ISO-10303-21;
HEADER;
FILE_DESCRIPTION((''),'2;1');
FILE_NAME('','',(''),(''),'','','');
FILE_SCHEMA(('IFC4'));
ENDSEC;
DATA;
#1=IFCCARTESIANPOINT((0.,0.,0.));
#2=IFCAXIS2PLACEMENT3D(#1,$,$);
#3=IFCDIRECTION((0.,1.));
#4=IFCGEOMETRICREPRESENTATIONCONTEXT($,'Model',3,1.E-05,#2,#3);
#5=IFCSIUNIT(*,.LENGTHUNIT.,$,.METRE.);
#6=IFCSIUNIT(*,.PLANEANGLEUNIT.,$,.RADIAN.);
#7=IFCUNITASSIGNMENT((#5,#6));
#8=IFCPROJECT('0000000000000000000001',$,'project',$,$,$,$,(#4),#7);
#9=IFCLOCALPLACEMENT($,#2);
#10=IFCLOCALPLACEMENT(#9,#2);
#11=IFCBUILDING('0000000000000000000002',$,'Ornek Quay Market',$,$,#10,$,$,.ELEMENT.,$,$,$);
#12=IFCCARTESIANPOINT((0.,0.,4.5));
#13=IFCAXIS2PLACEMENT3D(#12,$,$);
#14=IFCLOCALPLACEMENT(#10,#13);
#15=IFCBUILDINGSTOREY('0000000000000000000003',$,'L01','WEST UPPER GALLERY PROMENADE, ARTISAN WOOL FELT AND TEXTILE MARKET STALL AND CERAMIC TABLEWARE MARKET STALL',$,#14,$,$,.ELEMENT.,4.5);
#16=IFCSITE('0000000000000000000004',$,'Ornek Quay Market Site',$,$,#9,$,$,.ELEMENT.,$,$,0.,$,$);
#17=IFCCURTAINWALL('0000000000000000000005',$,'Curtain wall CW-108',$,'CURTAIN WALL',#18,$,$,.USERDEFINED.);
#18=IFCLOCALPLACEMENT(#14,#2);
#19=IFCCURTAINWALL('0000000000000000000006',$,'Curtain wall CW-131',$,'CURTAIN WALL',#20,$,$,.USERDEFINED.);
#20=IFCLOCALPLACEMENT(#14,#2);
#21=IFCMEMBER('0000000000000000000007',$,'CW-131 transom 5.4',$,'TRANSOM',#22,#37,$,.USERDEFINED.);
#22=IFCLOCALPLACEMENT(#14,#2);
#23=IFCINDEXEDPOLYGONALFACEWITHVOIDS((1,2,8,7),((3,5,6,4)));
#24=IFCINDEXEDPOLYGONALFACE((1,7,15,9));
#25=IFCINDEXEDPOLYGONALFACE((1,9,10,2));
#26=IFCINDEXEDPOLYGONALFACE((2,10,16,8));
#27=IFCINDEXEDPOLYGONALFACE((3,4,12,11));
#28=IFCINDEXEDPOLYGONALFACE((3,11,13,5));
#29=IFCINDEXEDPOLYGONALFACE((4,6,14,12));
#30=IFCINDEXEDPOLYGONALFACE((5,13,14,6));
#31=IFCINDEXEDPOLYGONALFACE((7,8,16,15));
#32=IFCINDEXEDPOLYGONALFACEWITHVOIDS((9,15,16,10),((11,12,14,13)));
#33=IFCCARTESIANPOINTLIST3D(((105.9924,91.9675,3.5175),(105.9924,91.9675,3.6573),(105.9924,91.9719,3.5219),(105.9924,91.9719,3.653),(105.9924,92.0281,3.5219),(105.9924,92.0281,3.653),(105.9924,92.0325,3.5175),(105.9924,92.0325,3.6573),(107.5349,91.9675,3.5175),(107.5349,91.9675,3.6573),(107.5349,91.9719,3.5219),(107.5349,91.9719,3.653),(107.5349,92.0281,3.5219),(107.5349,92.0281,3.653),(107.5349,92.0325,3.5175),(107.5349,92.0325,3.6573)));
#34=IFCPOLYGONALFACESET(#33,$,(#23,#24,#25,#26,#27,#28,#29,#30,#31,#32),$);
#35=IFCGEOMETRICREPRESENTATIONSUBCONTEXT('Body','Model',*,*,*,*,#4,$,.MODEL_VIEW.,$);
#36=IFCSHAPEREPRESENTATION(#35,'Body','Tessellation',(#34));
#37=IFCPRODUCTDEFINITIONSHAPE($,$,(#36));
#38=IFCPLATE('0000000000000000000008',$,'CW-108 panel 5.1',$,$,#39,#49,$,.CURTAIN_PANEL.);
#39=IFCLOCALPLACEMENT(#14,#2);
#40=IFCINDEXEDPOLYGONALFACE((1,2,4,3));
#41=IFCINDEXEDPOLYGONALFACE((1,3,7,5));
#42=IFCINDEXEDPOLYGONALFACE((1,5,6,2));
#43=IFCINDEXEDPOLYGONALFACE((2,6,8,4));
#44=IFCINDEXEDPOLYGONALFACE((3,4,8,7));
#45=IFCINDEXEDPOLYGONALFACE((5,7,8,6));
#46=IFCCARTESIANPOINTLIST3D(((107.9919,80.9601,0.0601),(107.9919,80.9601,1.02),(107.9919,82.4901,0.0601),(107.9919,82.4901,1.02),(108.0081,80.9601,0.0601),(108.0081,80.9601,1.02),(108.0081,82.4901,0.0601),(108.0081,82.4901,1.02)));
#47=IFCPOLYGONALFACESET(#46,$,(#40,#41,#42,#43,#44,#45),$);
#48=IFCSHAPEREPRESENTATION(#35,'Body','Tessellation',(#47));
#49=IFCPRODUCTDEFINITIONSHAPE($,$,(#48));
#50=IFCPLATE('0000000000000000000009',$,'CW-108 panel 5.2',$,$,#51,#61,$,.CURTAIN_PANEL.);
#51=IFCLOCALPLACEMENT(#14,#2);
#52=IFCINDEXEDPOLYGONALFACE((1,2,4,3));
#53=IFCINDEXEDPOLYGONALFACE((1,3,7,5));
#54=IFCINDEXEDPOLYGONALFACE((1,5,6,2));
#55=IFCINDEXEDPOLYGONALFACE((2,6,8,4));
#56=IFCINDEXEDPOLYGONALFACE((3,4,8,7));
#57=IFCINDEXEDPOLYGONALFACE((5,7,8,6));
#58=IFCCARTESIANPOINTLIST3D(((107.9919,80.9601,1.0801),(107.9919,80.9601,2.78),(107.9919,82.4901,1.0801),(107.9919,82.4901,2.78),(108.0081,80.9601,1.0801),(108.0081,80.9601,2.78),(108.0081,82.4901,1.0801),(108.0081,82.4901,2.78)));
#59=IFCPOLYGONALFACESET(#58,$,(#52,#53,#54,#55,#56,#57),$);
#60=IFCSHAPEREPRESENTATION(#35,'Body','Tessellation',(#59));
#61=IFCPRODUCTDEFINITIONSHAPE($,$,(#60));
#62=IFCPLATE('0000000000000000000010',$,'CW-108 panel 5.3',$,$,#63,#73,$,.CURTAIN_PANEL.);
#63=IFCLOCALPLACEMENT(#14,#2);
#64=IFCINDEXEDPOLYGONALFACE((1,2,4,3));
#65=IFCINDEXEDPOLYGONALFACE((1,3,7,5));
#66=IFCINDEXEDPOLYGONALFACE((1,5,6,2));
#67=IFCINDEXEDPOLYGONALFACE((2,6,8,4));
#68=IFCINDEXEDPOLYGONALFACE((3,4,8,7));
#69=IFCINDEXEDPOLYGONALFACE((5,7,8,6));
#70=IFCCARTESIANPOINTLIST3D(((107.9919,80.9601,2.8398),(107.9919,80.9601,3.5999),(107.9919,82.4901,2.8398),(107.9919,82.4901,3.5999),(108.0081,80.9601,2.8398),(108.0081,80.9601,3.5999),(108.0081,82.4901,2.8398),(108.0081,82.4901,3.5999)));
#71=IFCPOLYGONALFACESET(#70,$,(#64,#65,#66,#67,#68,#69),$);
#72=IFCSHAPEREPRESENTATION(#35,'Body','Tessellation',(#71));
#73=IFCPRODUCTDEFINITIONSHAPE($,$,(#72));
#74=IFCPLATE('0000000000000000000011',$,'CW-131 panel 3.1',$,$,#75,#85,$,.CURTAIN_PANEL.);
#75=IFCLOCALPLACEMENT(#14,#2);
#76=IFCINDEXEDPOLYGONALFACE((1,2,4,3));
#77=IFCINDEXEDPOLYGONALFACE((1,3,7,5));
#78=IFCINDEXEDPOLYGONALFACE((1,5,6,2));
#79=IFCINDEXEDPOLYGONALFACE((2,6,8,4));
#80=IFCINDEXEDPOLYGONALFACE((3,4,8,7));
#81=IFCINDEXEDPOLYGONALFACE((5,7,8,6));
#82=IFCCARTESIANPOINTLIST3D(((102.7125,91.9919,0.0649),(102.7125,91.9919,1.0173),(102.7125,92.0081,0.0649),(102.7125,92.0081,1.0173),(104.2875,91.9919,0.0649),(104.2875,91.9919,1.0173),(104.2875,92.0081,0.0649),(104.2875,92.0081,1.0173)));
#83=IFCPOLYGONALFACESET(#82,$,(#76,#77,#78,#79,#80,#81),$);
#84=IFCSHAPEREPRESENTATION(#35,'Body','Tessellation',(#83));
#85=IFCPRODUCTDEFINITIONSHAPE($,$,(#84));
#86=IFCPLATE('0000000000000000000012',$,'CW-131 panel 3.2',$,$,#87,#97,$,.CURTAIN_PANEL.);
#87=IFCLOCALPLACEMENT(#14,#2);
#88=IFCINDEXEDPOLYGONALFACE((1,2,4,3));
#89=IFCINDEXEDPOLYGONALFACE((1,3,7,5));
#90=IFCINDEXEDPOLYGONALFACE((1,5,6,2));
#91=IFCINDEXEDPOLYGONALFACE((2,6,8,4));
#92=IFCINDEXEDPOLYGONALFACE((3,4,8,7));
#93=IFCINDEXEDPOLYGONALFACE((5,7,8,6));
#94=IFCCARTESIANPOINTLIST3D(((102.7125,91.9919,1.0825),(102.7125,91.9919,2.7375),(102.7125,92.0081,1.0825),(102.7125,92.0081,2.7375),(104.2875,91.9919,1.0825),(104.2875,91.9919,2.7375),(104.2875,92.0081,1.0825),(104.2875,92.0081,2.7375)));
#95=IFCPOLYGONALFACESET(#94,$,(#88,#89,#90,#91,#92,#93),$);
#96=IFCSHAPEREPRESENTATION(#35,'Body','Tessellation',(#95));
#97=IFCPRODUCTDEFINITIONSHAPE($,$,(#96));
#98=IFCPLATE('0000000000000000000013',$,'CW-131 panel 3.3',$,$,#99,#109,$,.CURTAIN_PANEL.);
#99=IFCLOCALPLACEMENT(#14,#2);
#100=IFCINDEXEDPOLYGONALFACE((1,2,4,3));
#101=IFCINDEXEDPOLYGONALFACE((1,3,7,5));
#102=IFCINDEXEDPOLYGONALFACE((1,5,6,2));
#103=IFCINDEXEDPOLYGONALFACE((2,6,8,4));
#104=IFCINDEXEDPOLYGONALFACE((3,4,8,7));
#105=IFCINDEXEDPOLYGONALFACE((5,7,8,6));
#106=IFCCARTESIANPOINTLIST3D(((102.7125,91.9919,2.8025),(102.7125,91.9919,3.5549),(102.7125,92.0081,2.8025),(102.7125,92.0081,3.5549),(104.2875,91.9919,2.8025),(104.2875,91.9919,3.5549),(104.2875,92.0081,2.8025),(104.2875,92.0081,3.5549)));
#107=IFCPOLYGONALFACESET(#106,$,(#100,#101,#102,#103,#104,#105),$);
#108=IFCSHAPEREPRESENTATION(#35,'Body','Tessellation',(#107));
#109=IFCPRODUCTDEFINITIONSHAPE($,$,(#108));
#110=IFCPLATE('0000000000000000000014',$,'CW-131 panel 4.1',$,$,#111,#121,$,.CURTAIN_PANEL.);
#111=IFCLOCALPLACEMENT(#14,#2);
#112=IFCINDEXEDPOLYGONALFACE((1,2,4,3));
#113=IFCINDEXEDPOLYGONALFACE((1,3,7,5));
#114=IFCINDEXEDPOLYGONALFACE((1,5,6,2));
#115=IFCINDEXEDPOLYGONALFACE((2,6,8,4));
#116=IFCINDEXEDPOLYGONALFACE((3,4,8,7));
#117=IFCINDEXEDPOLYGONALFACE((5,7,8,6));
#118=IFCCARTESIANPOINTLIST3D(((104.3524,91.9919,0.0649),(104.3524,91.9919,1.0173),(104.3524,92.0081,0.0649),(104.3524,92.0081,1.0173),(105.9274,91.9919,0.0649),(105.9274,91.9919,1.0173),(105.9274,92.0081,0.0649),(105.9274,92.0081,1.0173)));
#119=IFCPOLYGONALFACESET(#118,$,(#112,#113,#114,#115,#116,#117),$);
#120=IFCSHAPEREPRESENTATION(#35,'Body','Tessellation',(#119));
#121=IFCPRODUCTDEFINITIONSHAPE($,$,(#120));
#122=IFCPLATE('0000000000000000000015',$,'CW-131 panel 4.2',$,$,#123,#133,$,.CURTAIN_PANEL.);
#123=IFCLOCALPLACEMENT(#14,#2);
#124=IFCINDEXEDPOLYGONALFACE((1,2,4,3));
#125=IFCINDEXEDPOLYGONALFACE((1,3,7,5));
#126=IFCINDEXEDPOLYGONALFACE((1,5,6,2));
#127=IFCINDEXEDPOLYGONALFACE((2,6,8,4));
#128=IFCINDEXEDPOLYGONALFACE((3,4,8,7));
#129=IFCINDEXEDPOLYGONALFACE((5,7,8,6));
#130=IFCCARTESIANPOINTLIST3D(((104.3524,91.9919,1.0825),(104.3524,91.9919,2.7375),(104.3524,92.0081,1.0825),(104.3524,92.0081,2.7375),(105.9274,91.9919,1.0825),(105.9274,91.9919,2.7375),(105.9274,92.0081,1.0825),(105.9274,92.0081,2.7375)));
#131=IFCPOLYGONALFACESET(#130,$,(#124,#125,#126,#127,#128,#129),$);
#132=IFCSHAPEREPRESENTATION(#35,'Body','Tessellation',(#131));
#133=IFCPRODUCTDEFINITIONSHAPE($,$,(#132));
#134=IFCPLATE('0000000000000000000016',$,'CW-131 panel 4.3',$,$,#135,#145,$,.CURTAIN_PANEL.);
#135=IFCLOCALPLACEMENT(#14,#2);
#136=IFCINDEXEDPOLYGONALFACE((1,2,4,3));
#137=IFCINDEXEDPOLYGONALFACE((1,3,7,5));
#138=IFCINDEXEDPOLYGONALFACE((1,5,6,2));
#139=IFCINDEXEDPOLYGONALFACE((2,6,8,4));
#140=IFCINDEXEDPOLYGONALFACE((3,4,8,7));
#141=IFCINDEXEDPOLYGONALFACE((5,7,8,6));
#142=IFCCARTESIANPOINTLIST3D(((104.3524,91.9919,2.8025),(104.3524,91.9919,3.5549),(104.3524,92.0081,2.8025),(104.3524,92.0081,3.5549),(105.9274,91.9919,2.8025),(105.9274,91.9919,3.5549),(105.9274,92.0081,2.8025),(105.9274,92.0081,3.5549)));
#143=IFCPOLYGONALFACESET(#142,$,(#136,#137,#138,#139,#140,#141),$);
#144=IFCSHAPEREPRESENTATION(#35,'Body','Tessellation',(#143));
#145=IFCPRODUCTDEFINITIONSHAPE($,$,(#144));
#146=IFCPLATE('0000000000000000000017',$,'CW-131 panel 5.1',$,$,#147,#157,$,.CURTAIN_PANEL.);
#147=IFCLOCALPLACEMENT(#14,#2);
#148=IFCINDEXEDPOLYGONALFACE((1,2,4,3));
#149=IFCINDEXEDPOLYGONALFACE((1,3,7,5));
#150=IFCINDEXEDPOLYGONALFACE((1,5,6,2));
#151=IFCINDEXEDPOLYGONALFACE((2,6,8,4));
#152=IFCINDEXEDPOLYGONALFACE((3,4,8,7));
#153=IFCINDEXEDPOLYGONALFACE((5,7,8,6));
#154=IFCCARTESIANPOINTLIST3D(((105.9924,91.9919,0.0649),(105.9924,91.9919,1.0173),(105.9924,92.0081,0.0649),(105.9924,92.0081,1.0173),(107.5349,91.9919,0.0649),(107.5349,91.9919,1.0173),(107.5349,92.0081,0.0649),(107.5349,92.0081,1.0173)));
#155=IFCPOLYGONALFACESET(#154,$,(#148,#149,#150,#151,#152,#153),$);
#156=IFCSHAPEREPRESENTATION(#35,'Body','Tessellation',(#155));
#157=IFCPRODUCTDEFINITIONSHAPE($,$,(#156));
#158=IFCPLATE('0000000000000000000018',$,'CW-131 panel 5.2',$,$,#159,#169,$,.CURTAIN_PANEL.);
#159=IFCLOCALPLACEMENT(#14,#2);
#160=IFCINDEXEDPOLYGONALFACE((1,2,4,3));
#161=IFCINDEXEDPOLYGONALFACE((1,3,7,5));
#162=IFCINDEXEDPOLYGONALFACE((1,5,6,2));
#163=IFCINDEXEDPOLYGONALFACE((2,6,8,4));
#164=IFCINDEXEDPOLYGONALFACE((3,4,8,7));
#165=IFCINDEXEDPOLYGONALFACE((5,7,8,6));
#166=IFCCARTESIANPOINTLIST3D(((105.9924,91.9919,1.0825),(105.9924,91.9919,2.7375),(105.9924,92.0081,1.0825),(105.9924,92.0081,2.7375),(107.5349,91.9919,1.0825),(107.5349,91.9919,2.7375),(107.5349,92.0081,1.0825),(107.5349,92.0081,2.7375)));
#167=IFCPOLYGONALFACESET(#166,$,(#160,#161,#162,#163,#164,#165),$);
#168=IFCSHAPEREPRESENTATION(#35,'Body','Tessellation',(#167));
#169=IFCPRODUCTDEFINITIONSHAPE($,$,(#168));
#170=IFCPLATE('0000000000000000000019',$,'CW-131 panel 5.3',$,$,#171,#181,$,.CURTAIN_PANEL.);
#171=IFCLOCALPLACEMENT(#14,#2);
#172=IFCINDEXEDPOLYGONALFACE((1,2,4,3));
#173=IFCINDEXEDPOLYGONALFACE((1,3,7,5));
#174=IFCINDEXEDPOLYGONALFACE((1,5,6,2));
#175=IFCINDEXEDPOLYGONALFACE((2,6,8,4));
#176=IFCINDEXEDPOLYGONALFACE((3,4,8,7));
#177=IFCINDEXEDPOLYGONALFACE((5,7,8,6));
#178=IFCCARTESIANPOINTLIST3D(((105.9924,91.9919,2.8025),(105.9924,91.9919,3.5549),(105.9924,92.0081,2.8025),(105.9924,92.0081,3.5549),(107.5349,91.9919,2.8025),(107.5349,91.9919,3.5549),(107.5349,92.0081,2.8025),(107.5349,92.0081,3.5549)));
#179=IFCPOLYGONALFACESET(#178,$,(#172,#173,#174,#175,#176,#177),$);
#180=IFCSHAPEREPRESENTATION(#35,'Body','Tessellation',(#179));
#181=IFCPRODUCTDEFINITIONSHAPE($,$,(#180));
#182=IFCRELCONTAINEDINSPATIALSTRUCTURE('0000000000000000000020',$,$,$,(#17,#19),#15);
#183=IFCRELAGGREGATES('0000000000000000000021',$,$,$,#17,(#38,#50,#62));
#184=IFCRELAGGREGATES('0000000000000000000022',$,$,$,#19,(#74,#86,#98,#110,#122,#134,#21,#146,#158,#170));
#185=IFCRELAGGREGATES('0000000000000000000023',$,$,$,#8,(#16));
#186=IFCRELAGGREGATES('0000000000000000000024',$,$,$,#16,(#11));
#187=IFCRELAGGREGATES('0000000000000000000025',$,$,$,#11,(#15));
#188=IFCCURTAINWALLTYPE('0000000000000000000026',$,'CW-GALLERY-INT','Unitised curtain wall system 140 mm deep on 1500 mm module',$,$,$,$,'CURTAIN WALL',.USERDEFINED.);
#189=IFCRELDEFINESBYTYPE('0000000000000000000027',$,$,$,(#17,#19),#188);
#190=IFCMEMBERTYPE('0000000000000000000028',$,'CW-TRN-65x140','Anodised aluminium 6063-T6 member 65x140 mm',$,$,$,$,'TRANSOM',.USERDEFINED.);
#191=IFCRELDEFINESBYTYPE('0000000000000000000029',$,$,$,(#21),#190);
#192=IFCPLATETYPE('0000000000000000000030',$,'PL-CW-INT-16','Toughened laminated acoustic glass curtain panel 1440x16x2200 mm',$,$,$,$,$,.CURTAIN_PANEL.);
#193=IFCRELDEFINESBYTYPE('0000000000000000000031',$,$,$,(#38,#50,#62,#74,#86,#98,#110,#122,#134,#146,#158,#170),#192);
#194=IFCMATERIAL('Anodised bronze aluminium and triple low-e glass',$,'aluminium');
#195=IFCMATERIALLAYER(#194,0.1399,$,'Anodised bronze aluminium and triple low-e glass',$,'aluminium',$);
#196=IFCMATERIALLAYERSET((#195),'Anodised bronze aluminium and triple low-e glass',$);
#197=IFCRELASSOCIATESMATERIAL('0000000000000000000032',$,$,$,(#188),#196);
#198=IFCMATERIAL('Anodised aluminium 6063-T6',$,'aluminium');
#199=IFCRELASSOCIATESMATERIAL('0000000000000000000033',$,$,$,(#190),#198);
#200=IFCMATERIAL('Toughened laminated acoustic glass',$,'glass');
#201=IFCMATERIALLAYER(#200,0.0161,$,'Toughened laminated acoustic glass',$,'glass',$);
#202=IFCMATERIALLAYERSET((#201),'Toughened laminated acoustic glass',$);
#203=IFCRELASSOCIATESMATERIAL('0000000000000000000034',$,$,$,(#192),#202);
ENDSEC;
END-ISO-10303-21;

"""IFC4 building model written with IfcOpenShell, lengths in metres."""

from ifc_helpers import new_model, si_unit, direction, frame, origin, origin_2d, place, context, subcontext, project, spatial, rectangle, hollow_rectangle, extrude, material, layer, layer_set, material_profile, profile_set, type_object, element, aggregate, save


model = new_model("IFC4")

# Units and contexts
model_context = context("Model", 3, precision=1e-05, world=origin(), true_north=direction((0.0, 1.0)))
body_context = subcontext(model_context, "Body", "Model", "MODEL_VIEW")
ifc_project = project(units=[si_unit("LENGTHUNIT", "METRE"), si_unit("PLANEANGLEUNIT", "RADIAN")], contexts=[model_context])

# Site, building, storey
site_placement = place(None, origin())
site = spatial("IfcSite", under=ifc_project, at=site_placement, Name="Ornek Quay Market Site", CompositionType="ELEMENT", RefElevation=0.0)
building_placement = place(site_placement, origin())
building = spatial("IfcBuilding", under=site, at=building_placement, Name="Ornek Quay Market", CompositionType="ELEMENT")
storey_placement = place(building_placement, frame((0.0, 0.0, 4.5)))
storey = spatial("IfcBuildingStorey", under=building, at=storey_placement, Name="L01", Description="WEST UPPER GALLERY PROMENADE, ARTISAN WOOL FELT AND TEXTILE MARKET STALL AND CERAMIC TABLEWARE MARKET STALL", CompositionType="ELEMENT", Elevation=4.5)

# Curtain walls
ifc_material_1 = material(Name="Anodised bronze aluminium and triple low-e glass", Category="aluminium")
ifc_layer_1 = layer(ifc_material_1, 0.1399, Name="Anodised bronze aluminium and triple low-e glass", Category="aluminium")
ifc_layer_set_1 = layer_set([ifc_layer_1], Name="Anodised bronze aluminium and triple low-e glass")
curtain_wall_type = type_object("IfcCurtainWallType", Name="CW-GALLERY-INT", Description="Unitised curtain wall system 140 mm deep on 1500 mm module", ElementType="CURTAIN WALL", PredefinedType="USERDEFINED", material=ifc_layer_set_1)
curtain_wall_1_placement = place(storey_placement, origin())
curtain_wall_1 = element("IfcCurtainWall", 1, at=curtain_wall_1_placement, inside=storey, type_object=curtain_wall_type, Name="Curtain wall CW-108", ObjectType="CURTAIN WALL", PredefinedType="USERDEFINED")
ifc_material_2 = material(Name="Anodised aluminium 6063-T6", Category="aluminium")
curtain_wall_2_placement = place(storey_placement, origin())
curtain_wall_2 = element("IfcCurtainWall", 2, at=curtain_wall_2_placement, inside=storey, type_object=curtain_wall_type, Name="Curtain wall CW-131", ObjectType="CURTAIN WALL", PredefinedType="USERDEFINED")

# Member
ifc_material_profile_1 = material_profile(ifc_material_2, hollow_rectangle(XDim=0.0649, YDim=0.1399, WallThickness=0.0044, at=origin_2d()), Name="CW-TRN-65x140", Category="aluminium")
ifc_profile_set_1 = profile_set([ifc_material_profile_1], Name="Anodised aluminium 6063-T6")
member_type_1 = type_object("IfcMemberType", Name="CW-TRN-65x140", Description="Anodised aluminium 6063-T6 member 65x140 mm", ElementType="TRANSOM", PredefinedType="USERDEFINED", material=ifc_profile_set_1)
member_1_placement = place(storey_placement, frame((105.9924, 92.0, 3.5874), z_axis=(1.0, 0.0, 0.0), x_axis=(0.0, 1.0, 0.0)))
member_1 = element("IfcMember", 3, at=member_1_placement, type_object=member_type_1, Name="CW-131 transom 5.4", ObjectType="TRANSOM", PredefinedType="USERDEFINED", context=body_context, shape_type="SweptSolid", body=[
    extrude(hollow_rectangle(XDim=0.0649, YDim=0.1399, WallThickness=0.0044, at=origin_2d()), origin(), (0.0, 0.0, 1.0), 1.5425),
])

# Plates
ifc_material_3 = material(Name="Toughened laminated acoustic glass", Category="glass")
ifc_layer_2 = layer(ifc_material_3, 0.0161, Name="Toughened laminated acoustic glass", Category="glass")
ifc_layer_set_2 = layer_set([ifc_layer_2], Name="Toughened laminated acoustic glass")
plate_type = type_object("IfcPlateType", Name="PL-CW-INT-16", Description="Toughened laminated acoustic glass curtain panel 1440x16x2200 mm", PredefinedType="CURTAIN_PANEL", material=ifc_layer_set_2)
plate_1_placement = place(storey_placement, frame((108.0, 81.7251, 0.0601), z_axis=(0.0, 0.0, 1.0), x_axis=(0.0, 1.0, 0.0)))
plate_1 = element("IfcPlate", 4, at=plate_1_placement, type_object=plate_type, Name="CW-108 panel 5.1", PredefinedType="CURTAIN_PANEL", context=body_context, shape_type="SweptSolid", body=[
    extrude(rectangle(XDim=1.53, YDim=0.0161, at=origin_2d()), origin(), (0.0, 0.0, 1.0), 0.96),
])
plate_2_placement = place(storey_placement, frame((108.0, 81.7251, 1.0801), z_axis=(0.0, 0.0, 1.0), x_axis=(0.0, 1.0, 0.0)))
plate_2 = element("IfcPlate", 5, at=plate_2_placement, type_object=plate_type, Name="CW-108 panel 5.2", PredefinedType="CURTAIN_PANEL", context=body_context, shape_type="SweptSolid", body=[
    extrude(rectangle(XDim=1.53, YDim=0.0161, at=origin_2d()), origin(), (0.0, 0.0, 1.0), 1.7),
])
plate_3_placement = place(storey_placement, frame((108.0, 81.7251, 2.8398), z_axis=(0.0, 0.0, 1.0), x_axis=(0.0, 1.0, 0.0)))
plate_3 = element("IfcPlate", 6, at=plate_3_placement, type_object=plate_type, Name="CW-108 panel 5.3", PredefinedType="CURTAIN_PANEL", context=body_context, shape_type="SweptSolid", body=[
    extrude(rectangle(XDim=1.53, YDim=0.0161, at=origin_2d()), origin(), (0.0, 0.0, 1.0), 0.76),
])
aggregate(curtain_wall_1, [plate_1, plate_2, plate_3])
plate_4_placement = place(storey_placement, frame((103.5, 92.0, 0.0649), z_axis=(0.0, 0.0, 1.0), x_axis=(1.0, 0.0, 0.0)))
plate_4 = element("IfcPlate", 7, at=plate_4_placement, type_object=plate_type, Name="CW-131 panel 3.1", PredefinedType="CURTAIN_PANEL", context=body_context, shape_type="SweptSolid", body=[
    extrude(rectangle(XDim=1.575, YDim=0.0161, at=origin_2d()), origin(), (0.0, 0.0, 1.0), 0.9524),
])
plate_5_placement = place(storey_placement, frame((103.5, 92.0, 1.0825), z_axis=(0.0, 0.0, 1.0), x_axis=(1.0, 0.0, 0.0)))
plate_5 = element("IfcPlate", 8, at=plate_5_placement, type_object=plate_type, Name="CW-131 panel 3.2", PredefinedType="CURTAIN_PANEL", context=body_context, shape_type="SweptSolid", body=[
    extrude(rectangle(XDim=1.575, YDim=0.0161, at=origin_2d()), origin(), (0.0, 0.0, 1.0), 1.655),
])
plate_6_placement = place(storey_placement, frame((103.5, 92.0, 2.8025), z_axis=(0.0, 0.0, 1.0), x_axis=(1.0, 0.0, 0.0)))
plate_6 = element("IfcPlate", 9, at=plate_6_placement, type_object=plate_type, Name="CW-131 panel 3.3", PredefinedType="CURTAIN_PANEL", context=body_context, shape_type="SweptSolid", body=[
    extrude(rectangle(XDim=1.575, YDim=0.0161, at=origin_2d()), origin(), (0.0, 0.0, 1.0), 0.7524),
])
plate_7_placement = place(storey_placement, frame((105.1399, 92.0, 0.0649), z_axis=(0.0, 0.0, 1.0), x_axis=(1.0, 0.0, 0.0)))
plate_7 = element("IfcPlate", 10, at=plate_7_placement, type_object=plate_type, Name="CW-131 panel 4.1", PredefinedType="CURTAIN_PANEL", context=body_context, shape_type="SweptSolid", body=[
    extrude(rectangle(XDim=1.575, YDim=0.0161, at=origin_2d()), origin(), (0.0, 0.0, 1.0), 0.9524),
])
plate_8_placement = place(storey_placement, frame((105.1399, 92.0, 1.0825), z_axis=(0.0, 0.0, 1.0), x_axis=(1.0, 0.0, 0.0)))
plate_8 = element("IfcPlate", 11, at=plate_8_placement, type_object=plate_type, Name="CW-131 panel 4.2", PredefinedType="CURTAIN_PANEL", context=body_context, shape_type="SweptSolid", body=[
    extrude(rectangle(XDim=1.575, YDim=0.0161, at=origin_2d()), origin(), (0.0, 0.0, 1.0), 1.655),
])
plate_9_placement = place(storey_placement, frame((105.1399, 92.0, 2.8025), z_axis=(0.0, 0.0, 1.0), x_axis=(1.0, 0.0, 0.0)))
plate_9 = element("IfcPlate", 12, at=plate_9_placement, type_object=plate_type, Name="CW-131 panel 4.3", PredefinedType="CURTAIN_PANEL", context=body_context, shape_type="SweptSolid", body=[
    extrude(rectangle(XDim=1.575, YDim=0.0161, at=origin_2d()), origin(), (0.0, 0.0, 1.0), 0.7524),
])
plate_10_placement = place(storey_placement, frame((106.7637, 92.0, 0.0649), z_axis=(0.0, 0.0, 1.0), x_axis=(1.0, 0.0, 0.0)))
plate_10 = element("IfcPlate", 13, at=plate_10_placement, type_object=plate_type, Name="CW-131 panel 5.1", PredefinedType="CURTAIN_PANEL", context=body_context, shape_type="SweptSolid", body=[
    extrude(rectangle(XDim=1.5425, YDim=0.0161, at=origin_2d()), origin(), (0.0, 0.0, 1.0), 0.9524),
])
plate_11_placement = place(storey_placement, frame((106.7637, 92.0, 1.0825), z_axis=(0.0, 0.0, 1.0), x_axis=(1.0, 0.0, 0.0)))
plate_11 = element("IfcPlate", 14, at=plate_11_placement, type_object=plate_type, Name="CW-131 panel 5.2", PredefinedType="CURTAIN_PANEL", context=body_context, shape_type="SweptSolid", body=[
    extrude(rectangle(XDim=1.5425, YDim=0.0161, at=origin_2d()), origin(), (0.0, 0.0, 1.0), 1.655),
])
plate_12_placement = place(storey_placement, frame((106.7637, 92.0, 2.8025), z_axis=(0.0, 0.0, 1.0), x_axis=(1.0, 0.0, 0.0)))
plate_12 = element("IfcPlate", 15, at=plate_12_placement, type_object=plate_type, Name="CW-131 panel 5.3", PredefinedType="CURTAIN_PANEL", context=body_context, shape_type="SweptSolid", body=[
    extrude(rectangle(XDim=1.5425, YDim=0.0161, at=origin_2d()), origin(), (0.0, 0.0, 1.0), 0.7524),
])
aggregate(curtain_wall_2, [plate_4, plate_5, plate_6, plate_7, plate_8, plate_9, member_1, plate_10, plate_11, plate_12])

save(model, "model.ifc")
